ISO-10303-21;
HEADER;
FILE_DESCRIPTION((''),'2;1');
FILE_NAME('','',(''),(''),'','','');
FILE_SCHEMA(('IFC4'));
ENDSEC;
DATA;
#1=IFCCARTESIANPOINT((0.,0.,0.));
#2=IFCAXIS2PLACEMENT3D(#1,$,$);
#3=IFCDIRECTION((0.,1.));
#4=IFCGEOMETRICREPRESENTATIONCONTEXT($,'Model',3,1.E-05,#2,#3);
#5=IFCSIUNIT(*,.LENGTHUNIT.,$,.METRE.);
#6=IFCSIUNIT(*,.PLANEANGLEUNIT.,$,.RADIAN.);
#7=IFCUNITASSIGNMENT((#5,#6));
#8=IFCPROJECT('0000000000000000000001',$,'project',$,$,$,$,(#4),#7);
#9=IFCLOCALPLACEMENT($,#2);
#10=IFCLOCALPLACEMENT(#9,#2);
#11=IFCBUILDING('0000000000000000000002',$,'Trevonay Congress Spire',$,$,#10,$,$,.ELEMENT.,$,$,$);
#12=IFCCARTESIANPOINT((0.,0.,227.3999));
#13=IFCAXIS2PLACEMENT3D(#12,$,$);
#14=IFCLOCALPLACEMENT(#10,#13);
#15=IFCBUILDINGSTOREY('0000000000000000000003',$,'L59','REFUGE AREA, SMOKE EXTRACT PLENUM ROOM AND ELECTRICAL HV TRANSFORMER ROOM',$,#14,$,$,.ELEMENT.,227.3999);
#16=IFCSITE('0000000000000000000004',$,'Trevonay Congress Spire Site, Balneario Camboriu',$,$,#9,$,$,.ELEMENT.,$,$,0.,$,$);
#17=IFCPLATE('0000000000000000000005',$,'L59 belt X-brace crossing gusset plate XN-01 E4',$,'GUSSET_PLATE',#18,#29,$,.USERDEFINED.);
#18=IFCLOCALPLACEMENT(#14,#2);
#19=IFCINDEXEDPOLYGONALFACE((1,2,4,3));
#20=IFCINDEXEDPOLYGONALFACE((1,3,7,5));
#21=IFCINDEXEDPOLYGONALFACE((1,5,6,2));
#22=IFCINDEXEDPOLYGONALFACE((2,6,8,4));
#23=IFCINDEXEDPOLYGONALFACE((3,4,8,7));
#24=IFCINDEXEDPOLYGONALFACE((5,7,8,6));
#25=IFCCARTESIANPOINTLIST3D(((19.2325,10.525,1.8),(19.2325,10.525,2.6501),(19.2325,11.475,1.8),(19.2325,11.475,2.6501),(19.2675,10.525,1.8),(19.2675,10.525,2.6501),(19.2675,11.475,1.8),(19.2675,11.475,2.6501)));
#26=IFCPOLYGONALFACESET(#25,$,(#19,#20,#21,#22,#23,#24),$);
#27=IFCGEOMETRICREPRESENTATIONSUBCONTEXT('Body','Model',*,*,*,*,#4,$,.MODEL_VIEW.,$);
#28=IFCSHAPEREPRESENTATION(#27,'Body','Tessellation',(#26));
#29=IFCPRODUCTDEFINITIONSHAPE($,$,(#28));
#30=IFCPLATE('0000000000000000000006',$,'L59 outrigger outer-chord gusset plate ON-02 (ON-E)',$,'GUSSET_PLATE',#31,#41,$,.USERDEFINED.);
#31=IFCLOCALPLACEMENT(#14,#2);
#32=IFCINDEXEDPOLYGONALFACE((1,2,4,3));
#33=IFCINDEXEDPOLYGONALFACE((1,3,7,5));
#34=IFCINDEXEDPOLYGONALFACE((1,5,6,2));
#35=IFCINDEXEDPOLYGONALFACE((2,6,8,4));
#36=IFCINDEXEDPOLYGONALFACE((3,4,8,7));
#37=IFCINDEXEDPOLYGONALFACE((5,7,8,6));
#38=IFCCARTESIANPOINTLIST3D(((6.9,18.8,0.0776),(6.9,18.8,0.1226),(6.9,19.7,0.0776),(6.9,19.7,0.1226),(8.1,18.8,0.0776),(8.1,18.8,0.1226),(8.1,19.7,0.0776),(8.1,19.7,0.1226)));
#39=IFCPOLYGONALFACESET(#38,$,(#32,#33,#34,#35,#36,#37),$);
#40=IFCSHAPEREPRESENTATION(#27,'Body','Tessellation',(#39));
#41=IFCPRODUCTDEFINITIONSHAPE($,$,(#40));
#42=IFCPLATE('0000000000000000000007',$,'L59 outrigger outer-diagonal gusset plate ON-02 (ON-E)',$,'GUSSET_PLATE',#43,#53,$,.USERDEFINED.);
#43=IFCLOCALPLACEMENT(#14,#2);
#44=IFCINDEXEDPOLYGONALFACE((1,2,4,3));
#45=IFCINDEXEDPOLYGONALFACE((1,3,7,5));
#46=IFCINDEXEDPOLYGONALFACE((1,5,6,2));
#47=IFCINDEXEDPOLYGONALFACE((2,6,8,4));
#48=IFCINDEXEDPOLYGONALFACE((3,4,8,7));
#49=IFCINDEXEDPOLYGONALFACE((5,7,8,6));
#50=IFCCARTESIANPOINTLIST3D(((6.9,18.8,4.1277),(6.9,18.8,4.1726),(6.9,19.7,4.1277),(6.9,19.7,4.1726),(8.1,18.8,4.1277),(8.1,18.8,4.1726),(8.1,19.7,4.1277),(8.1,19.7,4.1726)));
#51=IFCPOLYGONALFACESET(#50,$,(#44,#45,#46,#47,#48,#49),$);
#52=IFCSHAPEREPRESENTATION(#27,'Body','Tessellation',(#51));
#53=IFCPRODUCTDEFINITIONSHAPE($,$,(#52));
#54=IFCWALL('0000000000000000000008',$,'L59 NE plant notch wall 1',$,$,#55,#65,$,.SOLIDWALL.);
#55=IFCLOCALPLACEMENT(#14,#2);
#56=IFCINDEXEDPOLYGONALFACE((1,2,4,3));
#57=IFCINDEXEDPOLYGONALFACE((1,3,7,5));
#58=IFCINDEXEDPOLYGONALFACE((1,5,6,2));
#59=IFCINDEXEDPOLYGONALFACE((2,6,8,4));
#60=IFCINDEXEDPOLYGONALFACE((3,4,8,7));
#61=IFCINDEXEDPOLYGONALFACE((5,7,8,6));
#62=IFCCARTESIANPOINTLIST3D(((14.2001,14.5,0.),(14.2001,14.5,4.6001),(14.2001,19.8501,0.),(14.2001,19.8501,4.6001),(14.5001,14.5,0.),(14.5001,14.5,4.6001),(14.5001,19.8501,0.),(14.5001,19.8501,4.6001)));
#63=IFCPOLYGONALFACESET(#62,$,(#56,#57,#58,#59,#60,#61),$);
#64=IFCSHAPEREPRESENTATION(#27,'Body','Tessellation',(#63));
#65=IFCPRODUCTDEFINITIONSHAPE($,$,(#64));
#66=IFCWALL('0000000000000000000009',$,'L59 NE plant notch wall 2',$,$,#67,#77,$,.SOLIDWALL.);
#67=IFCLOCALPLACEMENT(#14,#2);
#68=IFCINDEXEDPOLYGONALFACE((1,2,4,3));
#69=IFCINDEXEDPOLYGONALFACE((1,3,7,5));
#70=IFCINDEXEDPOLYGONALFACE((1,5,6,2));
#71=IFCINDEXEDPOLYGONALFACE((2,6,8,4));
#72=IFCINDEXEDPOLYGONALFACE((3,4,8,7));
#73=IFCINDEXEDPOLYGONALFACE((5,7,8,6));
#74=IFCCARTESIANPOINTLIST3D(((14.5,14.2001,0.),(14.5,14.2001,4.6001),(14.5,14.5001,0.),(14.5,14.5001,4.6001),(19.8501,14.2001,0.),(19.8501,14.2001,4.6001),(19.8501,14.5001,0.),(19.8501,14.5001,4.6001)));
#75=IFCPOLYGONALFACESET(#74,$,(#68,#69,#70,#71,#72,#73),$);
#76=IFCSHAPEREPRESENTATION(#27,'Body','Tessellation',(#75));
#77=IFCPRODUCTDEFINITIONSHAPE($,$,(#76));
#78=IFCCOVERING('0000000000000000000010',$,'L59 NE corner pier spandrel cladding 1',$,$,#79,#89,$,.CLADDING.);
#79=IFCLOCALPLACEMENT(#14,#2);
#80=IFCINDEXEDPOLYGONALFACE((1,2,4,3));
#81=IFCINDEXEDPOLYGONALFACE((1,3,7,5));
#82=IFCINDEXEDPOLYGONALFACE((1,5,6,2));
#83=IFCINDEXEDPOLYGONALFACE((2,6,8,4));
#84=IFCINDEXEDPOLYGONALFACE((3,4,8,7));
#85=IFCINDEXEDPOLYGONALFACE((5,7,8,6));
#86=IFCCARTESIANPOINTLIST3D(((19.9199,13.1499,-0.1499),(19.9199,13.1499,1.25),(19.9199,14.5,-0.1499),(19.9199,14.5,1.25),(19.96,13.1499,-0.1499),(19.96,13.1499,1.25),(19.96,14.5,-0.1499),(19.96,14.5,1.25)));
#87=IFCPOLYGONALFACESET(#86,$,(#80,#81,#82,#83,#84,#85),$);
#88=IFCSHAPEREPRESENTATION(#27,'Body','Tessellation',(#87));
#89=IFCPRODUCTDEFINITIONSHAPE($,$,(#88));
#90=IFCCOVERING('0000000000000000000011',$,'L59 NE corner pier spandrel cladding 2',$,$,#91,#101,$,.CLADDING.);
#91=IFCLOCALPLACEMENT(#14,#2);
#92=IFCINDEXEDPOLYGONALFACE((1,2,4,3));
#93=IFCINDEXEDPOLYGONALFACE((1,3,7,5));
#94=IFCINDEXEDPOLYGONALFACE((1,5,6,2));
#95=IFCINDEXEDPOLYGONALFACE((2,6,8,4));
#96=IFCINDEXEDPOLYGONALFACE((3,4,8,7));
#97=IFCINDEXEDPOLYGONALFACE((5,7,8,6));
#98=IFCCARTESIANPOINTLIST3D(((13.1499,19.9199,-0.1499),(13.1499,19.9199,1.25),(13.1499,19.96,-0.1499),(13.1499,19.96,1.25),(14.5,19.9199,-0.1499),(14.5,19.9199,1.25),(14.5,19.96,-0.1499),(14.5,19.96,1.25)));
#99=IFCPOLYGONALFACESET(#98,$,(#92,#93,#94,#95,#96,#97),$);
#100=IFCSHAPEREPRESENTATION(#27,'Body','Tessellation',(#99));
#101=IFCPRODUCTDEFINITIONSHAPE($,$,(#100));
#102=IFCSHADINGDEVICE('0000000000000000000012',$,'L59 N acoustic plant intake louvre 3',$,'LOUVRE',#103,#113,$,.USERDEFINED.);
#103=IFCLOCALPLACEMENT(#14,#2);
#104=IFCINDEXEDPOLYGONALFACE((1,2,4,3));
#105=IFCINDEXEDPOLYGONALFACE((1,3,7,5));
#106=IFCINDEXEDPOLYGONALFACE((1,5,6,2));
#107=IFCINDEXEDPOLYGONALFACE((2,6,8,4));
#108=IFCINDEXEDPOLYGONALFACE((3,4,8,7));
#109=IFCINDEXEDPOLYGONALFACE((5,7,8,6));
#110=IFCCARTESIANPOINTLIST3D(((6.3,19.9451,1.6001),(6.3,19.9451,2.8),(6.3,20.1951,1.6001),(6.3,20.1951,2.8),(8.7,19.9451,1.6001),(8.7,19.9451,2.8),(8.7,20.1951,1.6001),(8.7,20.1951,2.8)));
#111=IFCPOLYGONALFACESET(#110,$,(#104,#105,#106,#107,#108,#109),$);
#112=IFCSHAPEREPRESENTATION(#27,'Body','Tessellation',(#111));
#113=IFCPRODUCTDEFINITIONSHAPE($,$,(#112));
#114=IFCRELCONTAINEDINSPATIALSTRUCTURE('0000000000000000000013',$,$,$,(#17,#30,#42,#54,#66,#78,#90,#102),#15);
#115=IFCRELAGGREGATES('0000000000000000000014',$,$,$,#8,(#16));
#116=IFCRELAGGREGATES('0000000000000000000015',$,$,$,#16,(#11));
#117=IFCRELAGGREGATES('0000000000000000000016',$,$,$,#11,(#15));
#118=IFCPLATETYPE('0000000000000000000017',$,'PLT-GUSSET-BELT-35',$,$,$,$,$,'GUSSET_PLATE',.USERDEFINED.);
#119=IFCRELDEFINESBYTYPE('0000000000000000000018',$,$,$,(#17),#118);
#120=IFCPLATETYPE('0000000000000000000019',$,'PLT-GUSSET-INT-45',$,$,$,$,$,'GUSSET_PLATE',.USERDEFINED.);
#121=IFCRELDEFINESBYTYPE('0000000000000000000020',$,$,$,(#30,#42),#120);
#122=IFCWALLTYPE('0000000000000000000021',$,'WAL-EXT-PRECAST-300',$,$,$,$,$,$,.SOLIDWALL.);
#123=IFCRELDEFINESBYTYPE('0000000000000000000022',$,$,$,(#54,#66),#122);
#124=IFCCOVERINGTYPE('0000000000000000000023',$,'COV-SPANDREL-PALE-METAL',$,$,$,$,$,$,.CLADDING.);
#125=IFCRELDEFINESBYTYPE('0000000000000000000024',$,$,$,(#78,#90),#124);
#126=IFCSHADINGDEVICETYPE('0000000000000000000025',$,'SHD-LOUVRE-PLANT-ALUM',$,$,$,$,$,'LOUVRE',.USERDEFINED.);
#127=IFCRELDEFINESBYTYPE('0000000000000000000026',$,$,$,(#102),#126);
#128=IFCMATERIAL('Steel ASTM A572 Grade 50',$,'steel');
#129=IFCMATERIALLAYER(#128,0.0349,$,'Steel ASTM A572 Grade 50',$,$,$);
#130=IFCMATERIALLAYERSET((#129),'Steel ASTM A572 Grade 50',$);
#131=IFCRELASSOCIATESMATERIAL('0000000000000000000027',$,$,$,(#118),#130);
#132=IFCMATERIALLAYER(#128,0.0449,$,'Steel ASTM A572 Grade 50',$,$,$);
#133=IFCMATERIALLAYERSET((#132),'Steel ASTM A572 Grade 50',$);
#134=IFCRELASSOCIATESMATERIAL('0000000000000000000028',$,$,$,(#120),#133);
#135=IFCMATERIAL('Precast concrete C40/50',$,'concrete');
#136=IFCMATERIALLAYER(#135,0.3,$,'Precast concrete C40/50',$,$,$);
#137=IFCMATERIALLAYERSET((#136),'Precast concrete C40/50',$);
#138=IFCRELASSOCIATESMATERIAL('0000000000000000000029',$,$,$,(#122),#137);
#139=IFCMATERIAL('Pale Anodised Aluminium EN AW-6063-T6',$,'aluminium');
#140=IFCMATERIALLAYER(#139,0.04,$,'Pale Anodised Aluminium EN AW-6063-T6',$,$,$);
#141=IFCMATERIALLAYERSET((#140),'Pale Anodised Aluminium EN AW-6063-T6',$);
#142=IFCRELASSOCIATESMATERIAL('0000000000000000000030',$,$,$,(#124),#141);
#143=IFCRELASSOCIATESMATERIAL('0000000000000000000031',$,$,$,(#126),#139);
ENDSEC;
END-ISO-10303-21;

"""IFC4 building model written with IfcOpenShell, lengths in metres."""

from ifc_helpers import new_model, si_unit, direction, frame, frame_2d, origin, origin_2d, place, context, subcontext, project, spatial, rectangle, extrude, material, layer, layer_set, type_object, element, save


model = new_model("IFC4")

# Units and contexts
model_context = context("Model", 3, precision=1e-05, world=origin(), true_north=direction((0.0, 1.0)))
body_context = subcontext(model_context, "Body", "Model", "MODEL_VIEW")
ifc_project = project(units=[si_unit("LENGTHUNIT", "METRE"), si_unit("PLANEANGLEUNIT", "RADIAN")], contexts=[model_context])

# Site, building, storey
site_placement = place(None, origin())
site = spatial("IfcSite", under=ifc_project, at=site_placement, Name="Trevonay Congress Spire Site, Balneario Camboriu", CompositionType="ELEMENT", RefElevation=0.0)
building_placement = place(site_placement, origin())
building = spatial("IfcBuilding", under=site, at=building_placement, Name="Trevonay Congress Spire", CompositionType="ELEMENT")
storey_placement = place(building_placement, frame((0.0, 0.0, 227.3999)))
storey = spatial("IfcBuildingStorey", under=building, at=storey_placement, Name="L59", Description="REFUGE AREA, SMOKE EXTRACT PLENUM ROOM AND ELECTRICAL HV TRANSFORMER ROOM", CompositionType="ELEMENT", Elevation=227.3999)

# Shared definitions
ifc_material_1 = material(Name="Steel ASTM A572 Grade 50", Category="steel")

# Plates
ifc_layer_1 = layer(ifc_material_1, 0.0349, Name="Steel ASTM A572 Grade 50")
ifc_layer_set_1 = layer_set([ifc_layer_1], Name="Steel ASTM A572 Grade 50")
plate_type_1 = type_object("IfcPlateType", Name="PLT-GUSSET-BELT-35", ElementType="GUSSET_PLATE", PredefinedType="USERDEFINED", material=ifc_layer_set_1)
plate_1_placement = place(storey_placement, frame((19.25, 11.0, 1.8), z_axis=(0.0, 0.0, 1.0), x_axis=(1.0, 0.0, 0.0)))
element("IfcPlate", 1, at=plate_1_placement, inside=storey, type_object=plate_type_1, Name="L59 belt X-brace crossing gusset plate XN-01 E4", ObjectType="GUSSET_PLATE", PredefinedType="USERDEFINED", context=body_context, shape_type="SweptSolid", body=[
    extrude(rectangle(XDim=0.0349, YDim=0.95, at=origin_2d()), origin(), (0.0, 0.0, 1.0), 0.8501),
])
ifc_layer_2 = layer(ifc_material_1, 0.0449, Name="Steel ASTM A572 Grade 50")
ifc_layer_set_2 = layer_set([ifc_layer_2], Name="Steel ASTM A572 Grade 50")
plate_type_2 = type_object("IfcPlateType", Name="PLT-GUSSET-INT-45", ElementType="GUSSET_PLATE", PredefinedType="USERDEFINED", material=ifc_layer_set_2)
for number, where, z_axis, x_axis, name in (
    (2, (7.5, 19.25, 0.0776), (0.0, 0.0, 1.0), (1.0, 0.0, 0.0), "L59 outrigger outer-chord gusset plate ON-02 (ON-E)"),
    (3, (7.5, 19.25, 4.1277), (0.0, 0.0, 1.0), (1.0, 0.0, 0.0), "L59 outrigger outer-diagonal gusset plate ON-02 (ON-E)"),
):
    element("IfcPlate", number, at=place(storey_placement, frame(where, z_axis=z_axis, x_axis=x_axis)), inside=storey, type_object=plate_type_2, Name=name, ObjectType="GUSSET_PLATE", PredefinedType="USERDEFINED", context=body_context, shape_type="SweptSolid", body=[
        extrude(rectangle(XDim=1.2, YDim=0.8999, at=origin_2d()), origin(), (0.0, 0.0, 1.0), 0.0449),
    ])

# Walls
ifc_material_2 = material(Name="Precast concrete C40/50", Category="concrete")
ifc_layer_3 = layer(ifc_material_2, 0.3, Name="Precast concrete C40/50")
ifc_layer_set_3 = layer_set([ifc_layer_3], Name="Precast concrete C40/50")
wall_type = type_object("IfcWallType", Name="WAL-EXT-PRECAST-300", PredefinedType="SOLIDWALL", material=ifc_layer_set_3)
for number, where, z_axis, x_axis, name in (
    (4, (14.3501, 19.8501, 0.0), (0.0, 0.0, 1.0), (0.0, -1.0, 0.0), "L59 NE plant notch wall 1"),
    (5, (19.8501, 14.3501, 0.0), (0.0, 0.0, 1.0), (-1.0, 0.0, 0.0), "L59 NE plant notch wall 2"),
):
    element("IfcWall", number, at=place(storey_placement, frame(where, z_axis=z_axis, x_axis=x_axis)), inside=storey, type_object=wall_type, Name=name, PredefinedType="SOLIDWALL", context=body_context, shape_type="SweptSolid", body=[
        extrude(rectangle(XDim=5.3501, YDim=0.3, at=frame_2d((2.675, 0.0))), origin(), (0.0, 0.0, 1.0), 4.6001),
    ])

# Coverings
ifc_material_3 = material(Name="Pale Anodised Aluminium EN AW-6063-T6", Category="aluminium")
ifc_layer_4 = layer(ifc_material_3, 0.04, Name="Pale Anodised Aluminium EN AW-6063-T6")
ifc_layer_set_4 = layer_set([ifc_layer_4], Name="Pale Anodised Aluminium EN AW-6063-T6")
covering_type = type_object("IfcCoveringType", Name="COV-SPANDREL-PALE-METAL", PredefinedType="CLADDING", material=ifc_layer_set_4)
for number, where, z_axis, x_axis, name in (
    (6, (19.9399, 13.1499, -0.1499), (0.0, 0.0, 1.0), (0.0, 1.0, 0.0), "L59 NE corner pier spandrel cladding 1"),
    (7, (13.1499, 19.9399, -0.1499), (0.0, 0.0, 1.0), (1.0, 0.0, 0.0), "L59 NE corner pier spandrel cladding 2"),
):
    element("IfcCovering", number, at=place(storey_placement, frame(where, z_axis=z_axis, x_axis=x_axis)), inside=storey, type_object=covering_type, Name=name, PredefinedType="CLADDING", context=body_context, shape_type="SweptSolid", body=[
        extrude(rectangle(XDim=1.3501, YDim=0.04, at=frame_2d((0.675, 0.0))), origin(), (0.0, 0.0, 1.0), 1.3999),
    ])

# Shading device
shading_device_type = type_object("IfcShadingDeviceType", Name="SHD-LOUVRE-PLANT-ALUM", ElementType="LOUVRE", PredefinedType="USERDEFINED", material=ifc_material_3)
shading_device_placement = place(storey_placement, frame((7.5, 20.0701, 1.6001), z_axis=(0.0, 0.0, 1.0), x_axis=(1.0, 0.0, 0.0)))
element("IfcShadingDevice", 8, at=shading_device_placement, inside=storey, type_object=shading_device_type, Name="L59 N acoustic plant intake louvre 3", ObjectType="LOUVRE", PredefinedType="USERDEFINED", context=body_context, shape_type="SweptSolid", body=[
    extrude(rectangle(XDim=2.3999, YDim=0.25, at=origin_2d()), origin(), (0.0, 0.0, 1.0), 1.2),
])

save(model, "model.ifc")
